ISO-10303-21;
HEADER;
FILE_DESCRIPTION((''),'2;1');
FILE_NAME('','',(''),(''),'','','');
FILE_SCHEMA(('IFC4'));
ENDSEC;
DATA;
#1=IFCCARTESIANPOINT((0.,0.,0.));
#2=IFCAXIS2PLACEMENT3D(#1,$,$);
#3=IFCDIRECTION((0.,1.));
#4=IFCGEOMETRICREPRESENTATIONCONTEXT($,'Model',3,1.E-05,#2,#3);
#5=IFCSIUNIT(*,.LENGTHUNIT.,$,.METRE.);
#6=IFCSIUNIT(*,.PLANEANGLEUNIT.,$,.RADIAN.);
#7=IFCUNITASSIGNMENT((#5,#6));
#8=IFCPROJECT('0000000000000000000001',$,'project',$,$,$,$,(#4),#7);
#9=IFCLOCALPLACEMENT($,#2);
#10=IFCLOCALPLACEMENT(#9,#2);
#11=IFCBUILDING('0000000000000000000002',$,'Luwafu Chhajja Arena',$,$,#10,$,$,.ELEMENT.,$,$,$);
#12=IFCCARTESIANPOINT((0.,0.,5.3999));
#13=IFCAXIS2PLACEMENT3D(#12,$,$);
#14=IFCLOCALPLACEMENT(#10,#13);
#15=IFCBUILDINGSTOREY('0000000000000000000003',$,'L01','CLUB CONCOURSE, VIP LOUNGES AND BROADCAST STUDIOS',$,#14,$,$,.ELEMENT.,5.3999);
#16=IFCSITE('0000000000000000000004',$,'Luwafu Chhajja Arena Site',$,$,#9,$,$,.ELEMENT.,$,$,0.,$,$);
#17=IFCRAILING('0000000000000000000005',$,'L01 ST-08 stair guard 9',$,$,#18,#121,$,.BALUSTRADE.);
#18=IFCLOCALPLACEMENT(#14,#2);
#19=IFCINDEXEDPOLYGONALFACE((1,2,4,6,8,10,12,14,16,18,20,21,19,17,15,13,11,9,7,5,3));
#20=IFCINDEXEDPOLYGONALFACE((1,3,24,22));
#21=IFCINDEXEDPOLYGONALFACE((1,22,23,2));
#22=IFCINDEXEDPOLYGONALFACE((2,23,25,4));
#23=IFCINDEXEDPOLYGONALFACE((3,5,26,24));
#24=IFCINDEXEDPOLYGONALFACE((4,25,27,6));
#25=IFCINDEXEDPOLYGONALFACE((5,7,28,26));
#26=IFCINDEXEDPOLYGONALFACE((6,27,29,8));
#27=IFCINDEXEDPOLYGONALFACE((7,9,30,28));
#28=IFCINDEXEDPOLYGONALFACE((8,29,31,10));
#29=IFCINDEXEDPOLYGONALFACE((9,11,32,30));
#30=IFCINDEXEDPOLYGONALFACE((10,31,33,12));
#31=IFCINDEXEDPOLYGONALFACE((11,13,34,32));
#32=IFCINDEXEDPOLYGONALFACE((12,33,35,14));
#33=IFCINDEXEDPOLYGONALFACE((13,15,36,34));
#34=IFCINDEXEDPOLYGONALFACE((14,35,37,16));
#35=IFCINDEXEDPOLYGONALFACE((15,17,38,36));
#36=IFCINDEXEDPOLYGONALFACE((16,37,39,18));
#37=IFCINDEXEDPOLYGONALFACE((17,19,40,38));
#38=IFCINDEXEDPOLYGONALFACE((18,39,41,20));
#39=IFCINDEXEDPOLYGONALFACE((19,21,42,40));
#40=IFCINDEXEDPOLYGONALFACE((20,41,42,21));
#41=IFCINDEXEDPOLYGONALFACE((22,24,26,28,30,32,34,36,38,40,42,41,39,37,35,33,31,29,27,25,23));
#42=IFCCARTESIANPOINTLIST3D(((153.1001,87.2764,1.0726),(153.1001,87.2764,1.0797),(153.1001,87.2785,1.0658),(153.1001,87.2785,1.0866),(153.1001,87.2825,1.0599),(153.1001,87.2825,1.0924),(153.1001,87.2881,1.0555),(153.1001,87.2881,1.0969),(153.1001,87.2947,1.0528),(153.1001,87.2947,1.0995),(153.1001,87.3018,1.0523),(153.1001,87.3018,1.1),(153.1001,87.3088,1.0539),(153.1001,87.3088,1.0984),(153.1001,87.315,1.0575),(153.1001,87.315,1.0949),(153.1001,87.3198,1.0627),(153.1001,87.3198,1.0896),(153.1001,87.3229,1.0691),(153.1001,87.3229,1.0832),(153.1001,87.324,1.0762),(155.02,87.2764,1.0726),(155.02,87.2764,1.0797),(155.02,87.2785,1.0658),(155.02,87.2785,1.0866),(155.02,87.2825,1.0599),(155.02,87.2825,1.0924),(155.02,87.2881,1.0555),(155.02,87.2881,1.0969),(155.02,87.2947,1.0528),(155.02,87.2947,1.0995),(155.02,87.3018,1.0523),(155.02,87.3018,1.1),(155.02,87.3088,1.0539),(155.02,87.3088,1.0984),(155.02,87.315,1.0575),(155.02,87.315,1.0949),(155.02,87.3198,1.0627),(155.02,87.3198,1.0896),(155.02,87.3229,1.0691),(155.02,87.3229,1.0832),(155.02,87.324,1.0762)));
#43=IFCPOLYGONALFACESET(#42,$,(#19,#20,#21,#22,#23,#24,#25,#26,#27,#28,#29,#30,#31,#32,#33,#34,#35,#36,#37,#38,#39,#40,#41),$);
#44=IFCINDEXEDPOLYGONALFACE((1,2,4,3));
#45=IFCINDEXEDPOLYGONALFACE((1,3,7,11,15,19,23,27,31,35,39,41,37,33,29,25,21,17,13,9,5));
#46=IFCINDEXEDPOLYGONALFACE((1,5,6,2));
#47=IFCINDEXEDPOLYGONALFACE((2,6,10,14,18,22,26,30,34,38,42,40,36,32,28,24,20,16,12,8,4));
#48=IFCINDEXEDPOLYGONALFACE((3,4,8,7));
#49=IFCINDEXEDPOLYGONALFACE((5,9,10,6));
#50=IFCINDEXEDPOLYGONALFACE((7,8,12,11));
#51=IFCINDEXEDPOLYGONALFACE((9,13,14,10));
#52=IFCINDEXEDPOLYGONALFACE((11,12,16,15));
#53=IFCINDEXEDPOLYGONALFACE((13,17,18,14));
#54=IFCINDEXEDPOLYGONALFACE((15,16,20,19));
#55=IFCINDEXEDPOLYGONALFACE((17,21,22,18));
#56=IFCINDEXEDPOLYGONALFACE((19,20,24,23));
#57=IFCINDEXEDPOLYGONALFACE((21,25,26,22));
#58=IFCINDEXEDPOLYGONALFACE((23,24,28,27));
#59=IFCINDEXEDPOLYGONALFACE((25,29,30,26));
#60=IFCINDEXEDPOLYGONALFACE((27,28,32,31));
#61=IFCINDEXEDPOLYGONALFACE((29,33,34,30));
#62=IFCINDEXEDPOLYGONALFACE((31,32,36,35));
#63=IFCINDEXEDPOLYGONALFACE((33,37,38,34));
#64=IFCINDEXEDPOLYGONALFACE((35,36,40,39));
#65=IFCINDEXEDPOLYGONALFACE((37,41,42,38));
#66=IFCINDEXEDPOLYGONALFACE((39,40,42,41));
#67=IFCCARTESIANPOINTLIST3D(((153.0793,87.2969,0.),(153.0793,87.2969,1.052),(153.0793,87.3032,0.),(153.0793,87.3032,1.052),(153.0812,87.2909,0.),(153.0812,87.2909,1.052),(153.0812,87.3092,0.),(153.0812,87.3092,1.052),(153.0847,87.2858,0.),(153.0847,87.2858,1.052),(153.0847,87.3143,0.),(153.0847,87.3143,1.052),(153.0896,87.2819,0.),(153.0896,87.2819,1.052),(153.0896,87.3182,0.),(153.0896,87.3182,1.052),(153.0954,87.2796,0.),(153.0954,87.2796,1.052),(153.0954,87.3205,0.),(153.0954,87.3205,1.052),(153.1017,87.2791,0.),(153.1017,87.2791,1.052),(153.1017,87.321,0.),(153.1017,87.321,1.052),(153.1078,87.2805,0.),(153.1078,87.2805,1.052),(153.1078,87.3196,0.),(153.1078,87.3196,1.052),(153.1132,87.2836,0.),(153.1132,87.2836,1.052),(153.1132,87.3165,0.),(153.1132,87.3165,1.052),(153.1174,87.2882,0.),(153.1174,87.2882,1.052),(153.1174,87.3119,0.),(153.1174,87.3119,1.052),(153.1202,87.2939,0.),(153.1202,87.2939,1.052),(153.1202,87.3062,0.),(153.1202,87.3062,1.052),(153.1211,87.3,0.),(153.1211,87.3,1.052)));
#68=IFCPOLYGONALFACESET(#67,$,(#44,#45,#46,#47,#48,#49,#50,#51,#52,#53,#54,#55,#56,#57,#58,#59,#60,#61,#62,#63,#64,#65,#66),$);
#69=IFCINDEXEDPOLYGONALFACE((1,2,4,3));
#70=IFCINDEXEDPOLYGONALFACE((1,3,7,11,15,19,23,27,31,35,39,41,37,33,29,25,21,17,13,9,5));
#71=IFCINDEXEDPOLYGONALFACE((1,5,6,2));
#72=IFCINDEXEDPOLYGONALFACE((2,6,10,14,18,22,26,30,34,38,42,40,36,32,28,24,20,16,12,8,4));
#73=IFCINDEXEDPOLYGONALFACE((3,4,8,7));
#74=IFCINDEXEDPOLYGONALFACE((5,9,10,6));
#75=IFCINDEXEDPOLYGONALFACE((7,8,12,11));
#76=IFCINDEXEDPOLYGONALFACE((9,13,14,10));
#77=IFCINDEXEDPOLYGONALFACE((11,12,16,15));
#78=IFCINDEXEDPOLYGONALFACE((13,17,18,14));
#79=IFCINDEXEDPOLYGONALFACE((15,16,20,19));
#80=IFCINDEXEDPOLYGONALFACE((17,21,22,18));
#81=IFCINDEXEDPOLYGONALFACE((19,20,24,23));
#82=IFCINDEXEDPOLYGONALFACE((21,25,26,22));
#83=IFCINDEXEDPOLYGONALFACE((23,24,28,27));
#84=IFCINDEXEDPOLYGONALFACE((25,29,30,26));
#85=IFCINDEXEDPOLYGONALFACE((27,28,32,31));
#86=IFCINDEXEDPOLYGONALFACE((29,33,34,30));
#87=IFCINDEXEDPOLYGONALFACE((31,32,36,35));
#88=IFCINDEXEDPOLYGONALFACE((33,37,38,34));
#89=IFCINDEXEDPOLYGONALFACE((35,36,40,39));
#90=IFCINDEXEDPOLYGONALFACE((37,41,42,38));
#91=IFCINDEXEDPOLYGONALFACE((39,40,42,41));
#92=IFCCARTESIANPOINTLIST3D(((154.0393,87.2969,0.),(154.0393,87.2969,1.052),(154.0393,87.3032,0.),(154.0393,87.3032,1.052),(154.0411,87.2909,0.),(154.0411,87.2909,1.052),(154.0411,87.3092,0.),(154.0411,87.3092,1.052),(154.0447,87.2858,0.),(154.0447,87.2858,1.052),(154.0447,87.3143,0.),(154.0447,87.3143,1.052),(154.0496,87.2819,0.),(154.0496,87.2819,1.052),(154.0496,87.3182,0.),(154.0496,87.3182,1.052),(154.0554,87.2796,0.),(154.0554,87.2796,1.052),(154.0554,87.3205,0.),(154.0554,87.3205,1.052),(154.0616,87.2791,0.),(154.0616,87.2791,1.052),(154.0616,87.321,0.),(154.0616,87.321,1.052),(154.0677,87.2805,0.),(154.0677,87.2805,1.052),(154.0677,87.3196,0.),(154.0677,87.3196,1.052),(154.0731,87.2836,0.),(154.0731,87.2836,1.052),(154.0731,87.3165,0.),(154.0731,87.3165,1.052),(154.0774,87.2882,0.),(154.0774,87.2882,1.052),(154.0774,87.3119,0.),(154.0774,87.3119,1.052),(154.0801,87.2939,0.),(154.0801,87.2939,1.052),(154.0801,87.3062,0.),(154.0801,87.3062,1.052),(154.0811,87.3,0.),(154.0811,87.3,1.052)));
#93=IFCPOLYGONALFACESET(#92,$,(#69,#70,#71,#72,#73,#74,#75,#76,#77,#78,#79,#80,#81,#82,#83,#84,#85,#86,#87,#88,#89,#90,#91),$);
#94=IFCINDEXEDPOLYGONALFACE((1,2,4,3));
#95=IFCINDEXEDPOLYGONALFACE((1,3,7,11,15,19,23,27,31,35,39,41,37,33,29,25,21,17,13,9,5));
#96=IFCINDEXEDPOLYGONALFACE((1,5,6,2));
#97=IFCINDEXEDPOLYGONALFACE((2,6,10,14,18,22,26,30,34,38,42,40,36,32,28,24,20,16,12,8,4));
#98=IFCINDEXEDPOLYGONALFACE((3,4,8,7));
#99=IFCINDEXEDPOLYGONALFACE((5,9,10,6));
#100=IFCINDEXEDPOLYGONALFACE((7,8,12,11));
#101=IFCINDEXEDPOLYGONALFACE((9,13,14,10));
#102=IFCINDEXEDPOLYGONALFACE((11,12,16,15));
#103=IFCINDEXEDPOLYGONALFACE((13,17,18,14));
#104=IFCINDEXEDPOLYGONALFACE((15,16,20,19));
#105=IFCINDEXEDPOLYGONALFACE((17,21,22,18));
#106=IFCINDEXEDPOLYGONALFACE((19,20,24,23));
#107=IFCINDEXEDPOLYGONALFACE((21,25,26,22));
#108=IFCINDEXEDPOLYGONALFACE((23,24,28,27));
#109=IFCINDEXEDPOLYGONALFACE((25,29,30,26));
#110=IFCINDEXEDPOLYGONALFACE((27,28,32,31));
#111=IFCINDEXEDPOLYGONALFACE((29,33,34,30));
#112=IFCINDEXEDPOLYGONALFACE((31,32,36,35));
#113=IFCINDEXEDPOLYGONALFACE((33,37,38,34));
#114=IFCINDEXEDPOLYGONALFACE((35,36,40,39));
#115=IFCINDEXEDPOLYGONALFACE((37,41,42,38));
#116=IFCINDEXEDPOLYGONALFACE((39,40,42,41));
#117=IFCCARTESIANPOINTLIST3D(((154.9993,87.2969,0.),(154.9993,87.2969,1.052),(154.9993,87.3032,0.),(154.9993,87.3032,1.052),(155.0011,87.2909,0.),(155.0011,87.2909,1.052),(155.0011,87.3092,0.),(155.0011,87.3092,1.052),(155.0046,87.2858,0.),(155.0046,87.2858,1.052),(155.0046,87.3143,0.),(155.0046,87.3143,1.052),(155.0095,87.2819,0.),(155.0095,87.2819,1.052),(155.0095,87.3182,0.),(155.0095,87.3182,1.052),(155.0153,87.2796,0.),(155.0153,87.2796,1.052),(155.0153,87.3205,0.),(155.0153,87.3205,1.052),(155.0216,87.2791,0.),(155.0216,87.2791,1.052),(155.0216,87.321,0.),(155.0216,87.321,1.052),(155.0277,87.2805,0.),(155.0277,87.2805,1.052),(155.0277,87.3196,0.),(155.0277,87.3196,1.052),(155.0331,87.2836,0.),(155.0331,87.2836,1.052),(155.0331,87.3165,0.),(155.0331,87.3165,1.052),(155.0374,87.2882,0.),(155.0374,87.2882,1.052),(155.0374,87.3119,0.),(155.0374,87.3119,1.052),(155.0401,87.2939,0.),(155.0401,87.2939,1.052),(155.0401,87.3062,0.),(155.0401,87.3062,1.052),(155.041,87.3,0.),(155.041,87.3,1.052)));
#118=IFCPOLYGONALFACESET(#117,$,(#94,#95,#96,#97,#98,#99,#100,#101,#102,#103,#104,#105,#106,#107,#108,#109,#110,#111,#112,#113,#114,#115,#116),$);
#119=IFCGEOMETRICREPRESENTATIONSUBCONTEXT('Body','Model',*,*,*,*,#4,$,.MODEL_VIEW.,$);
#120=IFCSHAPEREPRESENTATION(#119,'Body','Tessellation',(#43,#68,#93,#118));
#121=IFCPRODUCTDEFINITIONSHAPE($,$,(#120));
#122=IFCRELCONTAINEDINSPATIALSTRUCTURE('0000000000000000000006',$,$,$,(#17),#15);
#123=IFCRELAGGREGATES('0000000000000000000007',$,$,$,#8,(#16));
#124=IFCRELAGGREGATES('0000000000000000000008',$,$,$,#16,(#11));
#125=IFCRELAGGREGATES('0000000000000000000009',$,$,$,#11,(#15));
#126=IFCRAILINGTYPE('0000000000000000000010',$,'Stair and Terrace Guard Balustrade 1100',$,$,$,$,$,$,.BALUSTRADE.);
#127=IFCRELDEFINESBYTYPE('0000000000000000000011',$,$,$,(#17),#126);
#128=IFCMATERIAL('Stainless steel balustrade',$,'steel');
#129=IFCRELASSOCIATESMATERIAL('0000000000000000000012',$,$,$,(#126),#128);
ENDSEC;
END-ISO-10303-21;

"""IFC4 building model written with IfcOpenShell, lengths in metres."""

from ifc_helpers import new_model, si_unit, direction, frame, origin, origin_2d, place, context, subcontext, project, spatial, circle, extrude, material, type_object, element, save


model = new_model("IFC4")

# Units and contexts
model_context = context("Model", 3, precision=1e-05, world=origin(), true_north=direction((0.0, 1.0)))
body_context = subcontext(model_context, "Body", "Model", "MODEL_VIEW")
ifc_project = project(units=[si_unit("LENGTHUNIT", "METRE"), si_unit("PLANEANGLEUNIT", "RADIAN")], contexts=[model_context])

# Site, building, storey
site_placement = place(None, origin())
site = spatial("IfcSite", under=ifc_project, at=site_placement, Name="Luwafu Chhajja Arena Site", CompositionType="ELEMENT", RefElevation=0.0)
building_placement = place(site_placement, origin())
building = spatial("IfcBuilding", under=site, at=building_placement, Name="Luwafu Chhajja Arena", CompositionType="ELEMENT")
storey_placement = place(building_placement, frame((0.0, 0.0, 5.3999)))
storey = spatial("IfcBuildingStorey", under=building, at=storey_placement, Name="L01", Description="CLUB CONCOURSE, VIP LOUNGES AND BROADCAST STUDIOS", CompositionType="ELEMENT", Elevation=5.3999)

# Railing
ifc_material_1 = material(Name="Stainless steel balustrade", Category="steel")
railing_type_1 = type_object("IfcRailingType", Name="Stair and Terrace Guard Balustrade 1100", PredefinedType="BALUSTRADE", material=ifc_material_1)
for number, where, name in (
    (1, (153.1001, 87.3, 0.0), "L01 ST-08 stair guard 9"),
):
    element("IfcRailing", number, at=place(storey_placement, frame(where)), inside=storey, type_object=railing_type_1, Name=name, PredefinedType="BALUSTRADE", context=body_context, shape_type="SweptSolid", body=[
        extrude(circle(Radius=0.0239, at=origin_2d()), frame((0.0, 0.0, 1.0762), z_axis=(1.0, 0.0, 0.0), x_axis=(0.0, 1.0, 0.0)), (0.0, 0.0, 1.0), 1.9199),
        extrude(circle(Radius=0.021, at=origin_2d()), origin(), (0.0, 0.0, 1.0), 1.052),
        extrude(circle(Radius=0.021, at=origin_2d()), frame((0.96, 0.0, 0.0)), (0.0, 0.0, 1.0), 1.052),
        extrude(circle(Radius=0.021, at=origin_2d()), frame((1.9199, 0.0, 0.0)), (0.0, 0.0, 1.0), 1.052),
    ])

save(model, "model.ifc")
